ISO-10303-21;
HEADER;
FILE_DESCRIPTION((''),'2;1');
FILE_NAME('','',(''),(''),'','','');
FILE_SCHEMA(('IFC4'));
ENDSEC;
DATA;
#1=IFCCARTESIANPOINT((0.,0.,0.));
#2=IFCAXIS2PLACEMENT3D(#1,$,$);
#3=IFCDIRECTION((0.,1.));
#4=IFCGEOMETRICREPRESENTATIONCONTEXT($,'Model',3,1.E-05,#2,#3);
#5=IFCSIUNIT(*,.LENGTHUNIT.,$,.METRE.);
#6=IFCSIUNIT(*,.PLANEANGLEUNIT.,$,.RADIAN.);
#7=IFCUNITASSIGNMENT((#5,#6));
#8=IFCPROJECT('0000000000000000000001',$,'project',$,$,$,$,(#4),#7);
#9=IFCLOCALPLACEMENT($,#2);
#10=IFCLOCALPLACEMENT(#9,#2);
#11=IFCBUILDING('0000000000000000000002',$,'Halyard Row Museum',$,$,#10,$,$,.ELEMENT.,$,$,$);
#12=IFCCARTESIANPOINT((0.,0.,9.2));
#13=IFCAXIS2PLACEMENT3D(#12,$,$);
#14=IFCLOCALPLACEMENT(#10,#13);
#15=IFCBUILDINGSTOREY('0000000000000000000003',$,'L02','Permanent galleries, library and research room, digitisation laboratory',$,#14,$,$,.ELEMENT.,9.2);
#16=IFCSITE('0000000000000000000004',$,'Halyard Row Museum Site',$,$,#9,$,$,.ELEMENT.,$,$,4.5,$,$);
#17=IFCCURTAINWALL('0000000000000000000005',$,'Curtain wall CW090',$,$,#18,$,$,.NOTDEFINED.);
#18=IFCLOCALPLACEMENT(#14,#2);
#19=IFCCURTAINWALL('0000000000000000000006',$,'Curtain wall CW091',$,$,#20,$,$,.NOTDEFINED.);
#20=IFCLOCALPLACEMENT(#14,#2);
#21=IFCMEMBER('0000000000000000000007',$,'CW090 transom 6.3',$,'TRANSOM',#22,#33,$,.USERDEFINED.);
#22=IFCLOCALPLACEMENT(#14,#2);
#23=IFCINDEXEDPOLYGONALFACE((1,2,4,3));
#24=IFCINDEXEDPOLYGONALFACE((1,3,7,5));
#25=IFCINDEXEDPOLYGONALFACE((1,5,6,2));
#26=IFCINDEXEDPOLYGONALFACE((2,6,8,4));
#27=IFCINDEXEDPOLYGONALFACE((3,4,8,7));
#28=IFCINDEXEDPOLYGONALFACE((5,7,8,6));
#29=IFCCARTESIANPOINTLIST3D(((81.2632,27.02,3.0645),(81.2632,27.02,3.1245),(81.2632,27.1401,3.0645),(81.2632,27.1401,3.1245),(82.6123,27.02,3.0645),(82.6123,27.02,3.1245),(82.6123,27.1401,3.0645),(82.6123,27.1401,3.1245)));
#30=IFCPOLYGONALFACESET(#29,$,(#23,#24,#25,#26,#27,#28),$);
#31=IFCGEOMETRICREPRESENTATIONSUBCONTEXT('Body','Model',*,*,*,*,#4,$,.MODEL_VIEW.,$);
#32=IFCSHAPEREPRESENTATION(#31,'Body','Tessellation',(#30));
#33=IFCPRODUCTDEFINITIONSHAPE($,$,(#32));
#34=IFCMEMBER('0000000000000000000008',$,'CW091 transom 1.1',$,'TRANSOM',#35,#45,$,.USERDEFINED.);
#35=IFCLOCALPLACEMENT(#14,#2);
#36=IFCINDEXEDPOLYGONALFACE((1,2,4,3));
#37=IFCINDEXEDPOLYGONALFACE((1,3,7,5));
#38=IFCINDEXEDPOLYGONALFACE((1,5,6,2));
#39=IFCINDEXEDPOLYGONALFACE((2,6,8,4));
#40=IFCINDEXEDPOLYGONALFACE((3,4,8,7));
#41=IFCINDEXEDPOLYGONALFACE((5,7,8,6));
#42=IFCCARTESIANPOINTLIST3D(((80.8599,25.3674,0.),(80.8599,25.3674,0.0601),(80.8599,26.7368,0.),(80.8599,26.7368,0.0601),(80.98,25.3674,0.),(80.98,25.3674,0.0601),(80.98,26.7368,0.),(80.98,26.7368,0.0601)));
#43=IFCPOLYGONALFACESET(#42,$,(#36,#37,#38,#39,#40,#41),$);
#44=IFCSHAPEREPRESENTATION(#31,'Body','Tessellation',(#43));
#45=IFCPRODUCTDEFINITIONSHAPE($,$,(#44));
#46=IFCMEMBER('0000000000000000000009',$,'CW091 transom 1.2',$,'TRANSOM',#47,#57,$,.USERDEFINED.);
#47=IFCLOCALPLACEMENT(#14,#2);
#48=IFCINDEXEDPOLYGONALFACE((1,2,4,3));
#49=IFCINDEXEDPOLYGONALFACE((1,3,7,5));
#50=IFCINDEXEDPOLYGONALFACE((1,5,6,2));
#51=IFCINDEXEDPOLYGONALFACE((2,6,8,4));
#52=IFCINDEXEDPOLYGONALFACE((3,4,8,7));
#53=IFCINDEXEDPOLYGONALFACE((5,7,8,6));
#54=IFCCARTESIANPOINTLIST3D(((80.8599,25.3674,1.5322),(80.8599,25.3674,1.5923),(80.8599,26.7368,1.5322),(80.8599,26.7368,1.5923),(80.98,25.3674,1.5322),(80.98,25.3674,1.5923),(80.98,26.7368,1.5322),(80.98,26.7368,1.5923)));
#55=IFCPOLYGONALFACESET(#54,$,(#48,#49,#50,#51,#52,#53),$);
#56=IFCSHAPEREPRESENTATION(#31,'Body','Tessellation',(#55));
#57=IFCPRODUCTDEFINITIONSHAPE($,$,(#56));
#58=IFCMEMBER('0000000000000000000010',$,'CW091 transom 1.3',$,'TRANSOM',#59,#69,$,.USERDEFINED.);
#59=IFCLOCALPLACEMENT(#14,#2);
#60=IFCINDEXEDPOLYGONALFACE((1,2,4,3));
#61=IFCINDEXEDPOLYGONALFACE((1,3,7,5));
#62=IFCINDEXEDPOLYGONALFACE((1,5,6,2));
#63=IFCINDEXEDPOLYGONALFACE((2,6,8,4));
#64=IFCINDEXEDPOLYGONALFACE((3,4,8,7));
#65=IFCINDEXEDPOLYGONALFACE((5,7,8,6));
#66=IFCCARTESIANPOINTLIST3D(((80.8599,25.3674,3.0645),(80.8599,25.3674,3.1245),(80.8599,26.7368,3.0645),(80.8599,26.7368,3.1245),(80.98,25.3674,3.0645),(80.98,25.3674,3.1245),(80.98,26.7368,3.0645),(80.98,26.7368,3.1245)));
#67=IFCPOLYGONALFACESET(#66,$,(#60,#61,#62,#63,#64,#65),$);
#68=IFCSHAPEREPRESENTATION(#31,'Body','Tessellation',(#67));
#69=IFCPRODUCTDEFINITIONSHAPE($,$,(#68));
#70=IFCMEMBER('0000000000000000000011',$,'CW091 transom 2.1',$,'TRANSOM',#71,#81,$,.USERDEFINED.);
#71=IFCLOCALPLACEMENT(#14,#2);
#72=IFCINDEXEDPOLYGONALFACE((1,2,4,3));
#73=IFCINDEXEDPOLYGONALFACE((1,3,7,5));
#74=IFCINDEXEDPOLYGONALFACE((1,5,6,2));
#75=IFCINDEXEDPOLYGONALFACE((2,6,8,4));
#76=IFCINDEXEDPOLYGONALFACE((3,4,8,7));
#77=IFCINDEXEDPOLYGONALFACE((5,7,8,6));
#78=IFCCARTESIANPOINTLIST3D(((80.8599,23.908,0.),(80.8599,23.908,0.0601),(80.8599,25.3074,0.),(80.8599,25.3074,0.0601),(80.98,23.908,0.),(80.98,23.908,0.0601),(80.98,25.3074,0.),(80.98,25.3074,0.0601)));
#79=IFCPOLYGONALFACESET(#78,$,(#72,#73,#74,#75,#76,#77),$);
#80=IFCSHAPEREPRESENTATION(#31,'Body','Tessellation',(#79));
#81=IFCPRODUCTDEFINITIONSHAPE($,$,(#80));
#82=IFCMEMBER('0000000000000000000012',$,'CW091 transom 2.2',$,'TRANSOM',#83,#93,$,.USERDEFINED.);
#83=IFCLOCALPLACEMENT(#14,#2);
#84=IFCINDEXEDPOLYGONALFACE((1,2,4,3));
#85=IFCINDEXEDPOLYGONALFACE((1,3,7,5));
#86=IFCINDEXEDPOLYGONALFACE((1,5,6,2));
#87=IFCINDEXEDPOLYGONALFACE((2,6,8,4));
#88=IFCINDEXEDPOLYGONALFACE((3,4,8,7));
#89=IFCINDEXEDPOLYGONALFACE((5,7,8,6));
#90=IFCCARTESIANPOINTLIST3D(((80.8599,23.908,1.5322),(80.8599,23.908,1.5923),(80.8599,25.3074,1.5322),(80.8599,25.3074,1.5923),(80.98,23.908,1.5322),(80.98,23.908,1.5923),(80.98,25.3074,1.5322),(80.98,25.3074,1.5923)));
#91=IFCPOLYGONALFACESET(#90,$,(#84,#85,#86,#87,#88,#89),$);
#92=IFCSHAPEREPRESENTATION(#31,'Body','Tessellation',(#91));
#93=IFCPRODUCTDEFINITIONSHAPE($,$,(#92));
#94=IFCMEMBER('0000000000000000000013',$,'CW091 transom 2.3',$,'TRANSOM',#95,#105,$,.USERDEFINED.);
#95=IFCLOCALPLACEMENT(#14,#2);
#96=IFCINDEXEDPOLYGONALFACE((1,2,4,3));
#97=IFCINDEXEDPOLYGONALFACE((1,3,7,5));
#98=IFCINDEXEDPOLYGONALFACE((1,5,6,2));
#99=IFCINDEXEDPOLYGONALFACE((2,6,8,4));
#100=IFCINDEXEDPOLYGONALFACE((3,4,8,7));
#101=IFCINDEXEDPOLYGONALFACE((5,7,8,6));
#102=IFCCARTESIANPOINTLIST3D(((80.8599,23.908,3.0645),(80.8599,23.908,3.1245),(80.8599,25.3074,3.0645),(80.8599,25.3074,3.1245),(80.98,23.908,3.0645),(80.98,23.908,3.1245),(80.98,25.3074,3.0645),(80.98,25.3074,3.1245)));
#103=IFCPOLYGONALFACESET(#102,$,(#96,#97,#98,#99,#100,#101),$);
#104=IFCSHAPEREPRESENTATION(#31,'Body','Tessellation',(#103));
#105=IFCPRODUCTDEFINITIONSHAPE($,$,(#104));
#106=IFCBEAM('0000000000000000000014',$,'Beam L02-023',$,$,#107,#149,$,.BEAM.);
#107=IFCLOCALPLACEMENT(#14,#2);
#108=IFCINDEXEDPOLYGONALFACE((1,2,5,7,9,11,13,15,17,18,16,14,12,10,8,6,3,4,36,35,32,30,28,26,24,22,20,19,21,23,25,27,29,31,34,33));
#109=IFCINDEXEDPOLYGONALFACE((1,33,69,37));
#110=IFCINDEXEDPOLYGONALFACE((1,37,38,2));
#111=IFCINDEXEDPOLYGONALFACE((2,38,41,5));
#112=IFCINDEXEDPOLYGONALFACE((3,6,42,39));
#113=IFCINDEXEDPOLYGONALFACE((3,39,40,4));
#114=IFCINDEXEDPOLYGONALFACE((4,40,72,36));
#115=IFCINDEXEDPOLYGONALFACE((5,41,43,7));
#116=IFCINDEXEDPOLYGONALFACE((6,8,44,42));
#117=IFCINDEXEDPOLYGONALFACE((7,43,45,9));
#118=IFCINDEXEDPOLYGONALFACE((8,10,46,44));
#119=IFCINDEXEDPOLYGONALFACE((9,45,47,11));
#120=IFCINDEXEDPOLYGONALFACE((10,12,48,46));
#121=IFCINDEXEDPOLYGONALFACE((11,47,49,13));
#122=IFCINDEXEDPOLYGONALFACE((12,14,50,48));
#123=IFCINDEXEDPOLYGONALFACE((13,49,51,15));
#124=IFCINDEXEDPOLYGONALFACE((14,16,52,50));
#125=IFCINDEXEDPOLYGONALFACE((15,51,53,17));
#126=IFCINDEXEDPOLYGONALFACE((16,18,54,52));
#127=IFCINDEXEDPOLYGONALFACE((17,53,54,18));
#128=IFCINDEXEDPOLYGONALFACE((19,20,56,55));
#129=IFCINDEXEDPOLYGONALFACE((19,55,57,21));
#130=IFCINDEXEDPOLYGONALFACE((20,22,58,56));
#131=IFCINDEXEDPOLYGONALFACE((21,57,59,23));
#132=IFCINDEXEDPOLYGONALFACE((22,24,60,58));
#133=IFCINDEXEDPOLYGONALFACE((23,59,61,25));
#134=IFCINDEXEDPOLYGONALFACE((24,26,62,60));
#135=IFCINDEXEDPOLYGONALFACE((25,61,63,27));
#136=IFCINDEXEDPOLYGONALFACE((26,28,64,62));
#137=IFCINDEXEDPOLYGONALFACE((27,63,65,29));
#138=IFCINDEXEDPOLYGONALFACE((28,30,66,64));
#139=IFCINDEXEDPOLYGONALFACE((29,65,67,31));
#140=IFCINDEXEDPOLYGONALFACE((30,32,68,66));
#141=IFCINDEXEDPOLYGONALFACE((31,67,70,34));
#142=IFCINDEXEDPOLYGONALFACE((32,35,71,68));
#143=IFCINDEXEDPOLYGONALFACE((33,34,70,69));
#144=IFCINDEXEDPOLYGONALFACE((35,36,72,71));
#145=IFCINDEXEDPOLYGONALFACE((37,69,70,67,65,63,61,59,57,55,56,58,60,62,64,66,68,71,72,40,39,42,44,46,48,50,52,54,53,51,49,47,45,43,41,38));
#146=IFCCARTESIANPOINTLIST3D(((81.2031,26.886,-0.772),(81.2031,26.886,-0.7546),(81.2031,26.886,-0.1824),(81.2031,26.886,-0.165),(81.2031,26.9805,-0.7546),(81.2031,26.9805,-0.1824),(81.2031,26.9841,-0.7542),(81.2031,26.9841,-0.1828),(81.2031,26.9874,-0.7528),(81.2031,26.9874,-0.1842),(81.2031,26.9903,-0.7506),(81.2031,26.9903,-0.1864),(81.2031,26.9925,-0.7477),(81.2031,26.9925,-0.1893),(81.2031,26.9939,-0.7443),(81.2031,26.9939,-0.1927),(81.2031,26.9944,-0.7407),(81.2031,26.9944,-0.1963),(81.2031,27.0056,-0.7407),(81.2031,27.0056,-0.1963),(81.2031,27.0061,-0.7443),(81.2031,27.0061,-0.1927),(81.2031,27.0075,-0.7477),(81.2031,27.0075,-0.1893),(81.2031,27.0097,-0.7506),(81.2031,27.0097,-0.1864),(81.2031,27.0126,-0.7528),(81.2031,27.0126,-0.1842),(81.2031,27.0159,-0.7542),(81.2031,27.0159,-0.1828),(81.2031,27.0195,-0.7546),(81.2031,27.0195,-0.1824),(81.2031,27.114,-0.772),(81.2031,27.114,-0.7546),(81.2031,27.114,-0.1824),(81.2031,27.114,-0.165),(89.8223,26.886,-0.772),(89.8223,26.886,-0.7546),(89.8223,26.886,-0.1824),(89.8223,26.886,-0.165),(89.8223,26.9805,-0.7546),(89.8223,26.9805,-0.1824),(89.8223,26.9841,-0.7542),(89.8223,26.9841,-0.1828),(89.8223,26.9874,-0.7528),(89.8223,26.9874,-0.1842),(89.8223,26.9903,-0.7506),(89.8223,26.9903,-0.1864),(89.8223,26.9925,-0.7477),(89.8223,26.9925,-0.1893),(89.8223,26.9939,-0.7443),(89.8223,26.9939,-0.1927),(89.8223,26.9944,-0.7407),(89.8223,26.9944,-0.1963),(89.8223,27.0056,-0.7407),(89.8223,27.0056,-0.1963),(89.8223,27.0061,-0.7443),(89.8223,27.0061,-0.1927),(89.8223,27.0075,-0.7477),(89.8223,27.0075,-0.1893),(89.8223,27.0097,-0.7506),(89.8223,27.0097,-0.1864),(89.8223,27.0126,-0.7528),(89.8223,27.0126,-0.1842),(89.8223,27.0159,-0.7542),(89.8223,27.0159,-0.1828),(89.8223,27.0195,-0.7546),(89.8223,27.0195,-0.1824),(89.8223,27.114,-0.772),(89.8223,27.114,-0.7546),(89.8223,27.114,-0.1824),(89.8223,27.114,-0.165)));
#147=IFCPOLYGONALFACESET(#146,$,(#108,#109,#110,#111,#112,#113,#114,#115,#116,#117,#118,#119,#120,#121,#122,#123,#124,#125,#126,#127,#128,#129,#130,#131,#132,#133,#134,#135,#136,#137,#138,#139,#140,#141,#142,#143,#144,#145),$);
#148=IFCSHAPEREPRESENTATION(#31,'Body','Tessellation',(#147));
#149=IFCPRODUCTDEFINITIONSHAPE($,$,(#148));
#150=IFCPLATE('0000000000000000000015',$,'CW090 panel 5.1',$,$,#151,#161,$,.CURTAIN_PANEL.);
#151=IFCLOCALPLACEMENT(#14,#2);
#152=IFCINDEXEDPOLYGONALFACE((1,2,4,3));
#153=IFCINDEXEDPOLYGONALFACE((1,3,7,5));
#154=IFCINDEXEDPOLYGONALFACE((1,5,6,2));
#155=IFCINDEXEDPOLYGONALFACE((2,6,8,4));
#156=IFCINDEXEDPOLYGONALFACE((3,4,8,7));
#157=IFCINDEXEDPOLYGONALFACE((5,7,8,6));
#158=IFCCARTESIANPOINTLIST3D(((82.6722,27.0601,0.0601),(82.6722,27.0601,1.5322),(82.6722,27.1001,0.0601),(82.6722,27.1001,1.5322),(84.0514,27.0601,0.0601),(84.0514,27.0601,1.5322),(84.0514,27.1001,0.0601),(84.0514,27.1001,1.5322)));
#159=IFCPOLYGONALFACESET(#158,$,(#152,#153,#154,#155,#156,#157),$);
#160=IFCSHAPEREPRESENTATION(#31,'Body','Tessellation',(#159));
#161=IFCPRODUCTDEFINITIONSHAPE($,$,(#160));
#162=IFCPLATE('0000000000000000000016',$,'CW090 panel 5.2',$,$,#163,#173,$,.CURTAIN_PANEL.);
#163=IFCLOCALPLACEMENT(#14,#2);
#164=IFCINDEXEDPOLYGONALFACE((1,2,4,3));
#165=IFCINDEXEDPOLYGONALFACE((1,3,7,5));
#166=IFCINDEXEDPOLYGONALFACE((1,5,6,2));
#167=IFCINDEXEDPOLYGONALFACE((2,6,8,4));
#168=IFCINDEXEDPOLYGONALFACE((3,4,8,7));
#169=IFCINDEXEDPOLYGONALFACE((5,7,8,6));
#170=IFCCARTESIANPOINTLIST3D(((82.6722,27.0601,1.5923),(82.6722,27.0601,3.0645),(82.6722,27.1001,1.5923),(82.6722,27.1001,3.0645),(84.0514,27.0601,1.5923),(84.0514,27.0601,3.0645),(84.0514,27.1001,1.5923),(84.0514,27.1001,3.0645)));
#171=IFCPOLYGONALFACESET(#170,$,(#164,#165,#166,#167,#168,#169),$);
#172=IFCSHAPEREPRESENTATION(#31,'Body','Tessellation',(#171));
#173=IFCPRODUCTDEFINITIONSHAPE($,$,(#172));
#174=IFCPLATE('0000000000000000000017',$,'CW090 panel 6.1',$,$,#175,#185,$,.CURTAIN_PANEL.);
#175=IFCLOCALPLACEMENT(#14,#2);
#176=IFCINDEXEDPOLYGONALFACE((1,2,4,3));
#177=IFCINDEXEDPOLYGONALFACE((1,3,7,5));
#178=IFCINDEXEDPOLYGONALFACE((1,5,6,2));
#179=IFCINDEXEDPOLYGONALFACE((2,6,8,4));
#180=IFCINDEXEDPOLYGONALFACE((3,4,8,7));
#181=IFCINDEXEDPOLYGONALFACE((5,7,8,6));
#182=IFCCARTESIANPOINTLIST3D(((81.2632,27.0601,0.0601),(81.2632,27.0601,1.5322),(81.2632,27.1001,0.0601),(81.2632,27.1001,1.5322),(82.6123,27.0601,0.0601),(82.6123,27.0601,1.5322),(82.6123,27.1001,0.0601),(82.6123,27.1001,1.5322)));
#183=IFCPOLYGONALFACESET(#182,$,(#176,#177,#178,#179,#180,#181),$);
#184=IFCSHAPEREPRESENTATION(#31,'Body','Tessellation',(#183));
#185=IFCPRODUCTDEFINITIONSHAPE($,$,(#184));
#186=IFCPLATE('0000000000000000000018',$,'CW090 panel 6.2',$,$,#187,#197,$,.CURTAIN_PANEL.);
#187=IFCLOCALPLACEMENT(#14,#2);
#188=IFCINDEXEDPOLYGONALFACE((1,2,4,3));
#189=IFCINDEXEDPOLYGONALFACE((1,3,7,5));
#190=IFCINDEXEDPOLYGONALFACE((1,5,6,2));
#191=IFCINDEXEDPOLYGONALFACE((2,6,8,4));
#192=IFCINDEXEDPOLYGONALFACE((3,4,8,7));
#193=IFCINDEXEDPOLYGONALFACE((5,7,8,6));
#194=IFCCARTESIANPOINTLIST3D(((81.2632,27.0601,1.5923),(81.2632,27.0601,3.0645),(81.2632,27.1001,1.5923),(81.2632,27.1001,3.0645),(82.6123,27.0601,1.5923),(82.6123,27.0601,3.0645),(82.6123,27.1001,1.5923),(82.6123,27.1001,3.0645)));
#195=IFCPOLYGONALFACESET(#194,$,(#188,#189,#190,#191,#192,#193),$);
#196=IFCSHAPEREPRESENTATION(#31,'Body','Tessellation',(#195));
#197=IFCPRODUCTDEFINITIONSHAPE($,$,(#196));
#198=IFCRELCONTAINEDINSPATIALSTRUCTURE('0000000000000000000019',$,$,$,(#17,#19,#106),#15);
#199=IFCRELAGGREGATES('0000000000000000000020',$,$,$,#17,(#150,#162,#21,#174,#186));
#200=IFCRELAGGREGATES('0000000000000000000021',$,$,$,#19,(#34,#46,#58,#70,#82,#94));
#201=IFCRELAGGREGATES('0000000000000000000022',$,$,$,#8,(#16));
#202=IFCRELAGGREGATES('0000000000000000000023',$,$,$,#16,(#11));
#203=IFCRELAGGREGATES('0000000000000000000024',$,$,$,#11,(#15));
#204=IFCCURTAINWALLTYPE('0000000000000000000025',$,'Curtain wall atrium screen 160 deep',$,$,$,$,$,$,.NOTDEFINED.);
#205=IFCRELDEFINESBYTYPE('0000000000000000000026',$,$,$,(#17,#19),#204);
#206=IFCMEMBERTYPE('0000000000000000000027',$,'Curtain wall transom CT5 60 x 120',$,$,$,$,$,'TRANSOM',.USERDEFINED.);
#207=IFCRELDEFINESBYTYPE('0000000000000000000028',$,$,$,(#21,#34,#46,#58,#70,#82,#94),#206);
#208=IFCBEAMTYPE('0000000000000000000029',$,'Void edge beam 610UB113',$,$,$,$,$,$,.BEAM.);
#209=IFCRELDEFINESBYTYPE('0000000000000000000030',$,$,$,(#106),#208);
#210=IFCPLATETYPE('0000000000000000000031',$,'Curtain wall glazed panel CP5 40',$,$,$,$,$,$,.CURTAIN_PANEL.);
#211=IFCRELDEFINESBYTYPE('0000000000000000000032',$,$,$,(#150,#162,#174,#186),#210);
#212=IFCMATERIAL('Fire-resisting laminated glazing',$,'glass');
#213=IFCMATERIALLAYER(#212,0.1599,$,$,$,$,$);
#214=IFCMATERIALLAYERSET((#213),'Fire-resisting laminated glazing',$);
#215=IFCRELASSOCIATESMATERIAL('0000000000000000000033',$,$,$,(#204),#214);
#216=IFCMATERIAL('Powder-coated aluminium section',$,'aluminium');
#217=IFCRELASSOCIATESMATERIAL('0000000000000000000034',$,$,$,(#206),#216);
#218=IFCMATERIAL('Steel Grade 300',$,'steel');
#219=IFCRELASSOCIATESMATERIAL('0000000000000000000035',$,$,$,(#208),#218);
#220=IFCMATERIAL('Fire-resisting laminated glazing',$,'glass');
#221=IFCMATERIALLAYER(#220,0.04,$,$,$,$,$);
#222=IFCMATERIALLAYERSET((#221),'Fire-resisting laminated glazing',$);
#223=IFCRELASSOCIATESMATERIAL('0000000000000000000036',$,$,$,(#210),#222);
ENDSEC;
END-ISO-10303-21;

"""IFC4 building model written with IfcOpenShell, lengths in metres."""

from ifc_helpers import new_model, si_unit, direction, frame, origin, origin_2d, place, context, subcontext, project, spatial, rectangle, i_section, extrude, material, layer, layer_set, material_profile, profile_set, type_object, element, aggregate, save


model = new_model("IFC4")

# Units and contexts
model_context = context("Model", 3, precision=1e-05, world=origin(), true_north=direction((0.0, 1.0)))
body_context = subcontext(model_context, "Body", "Model", "MODEL_VIEW")
ifc_project = project(units=[si_unit("LENGTHUNIT", "METRE"), si_unit("PLANEANGLEUNIT", "RADIAN")], contexts=[model_context])

# Site, building, storey
site_placement = place(None, origin())
site = spatial("IfcSite", under=ifc_project, at=site_placement, Name="Halyard Row Museum Site", CompositionType="ELEMENT", RefElevation=4.5)
building_placement = place(site_placement, origin())
building = spatial("IfcBuilding", under=site, at=building_placement, Name="Halyard Row Museum", CompositionType="ELEMENT")
storey_placement = place(building_placement, frame((0.0, 0.0, 9.2)))
storey = spatial("IfcBuildingStorey", under=building, at=storey_placement, Name="L02", Description="Permanent galleries, library and research room, digitisation laboratory", CompositionType="ELEMENT", Elevation=9.2)

# Curtain walls
ifc_material_1 = material(Name="Fire-resisting laminated glazing", Category="glass")
ifc_layer_1 = layer(ifc_material_1, 0.1599)
ifc_layer_set_1 = layer_set([ifc_layer_1], Name="Fire-resisting laminated glazing")
curtain_wall_type = type_object("IfcCurtainWallType", Name="Curtain wall atrium screen 160 deep", PredefinedType="NOTDEFINED", material=ifc_layer_set_1)
curtain_wall_1_placement = place(storey_placement, origin())
curtain_wall_1 = element("IfcCurtainWall", 1, at=curtain_wall_1_placement, inside=storey, type_object=curtain_wall_type, Name="Curtain wall CW090", PredefinedType="NOTDEFINED")
curtain_wall_2_placement = place(storey_placement, origin())
curtain_wall_2 = element("IfcCurtainWall", 2, at=curtain_wall_2_placement, inside=storey, type_object=curtain_wall_type, Name="Curtain wall CW091", PredefinedType="NOTDEFINED")

# Members
ifc_material_2 = material(Name="Powder-coated aluminium section", Category="aluminium")
ifc_material_profile_1 = material_profile(ifc_material_2, rectangle(XDim=0.1201, YDim=0.0601, at=origin_2d()), Name="120x60 transom")
ifc_profile_set_1 = profile_set([ifc_material_profile_1], Name="Powder-coated aluminium section")
member_type_1 = type_object("IfcMemberType", Name="Curtain wall transom CT5 60 x 120", ElementType="TRANSOM", PredefinedType="USERDEFINED", material=ifc_profile_set_1)
member_1_placement = place(storey_placement, frame((82.6123, 27.0801, 3.0945), z_axis=(-1.0, 0.0, 0.0), x_axis=(0.0, -1.0, 0.0)))
member_1 = element("IfcMember", 3, at=member_1_placement, type_object=member_type_1, Name="CW090 transom 6.3", ObjectType="TRANSOM", PredefinedType="USERDEFINED", context=body_context, shape_type="SweptSolid", body=[
    extrude(rectangle(XDim=0.1201, YDim=0.0601, at=origin_2d()), origin(), (0.0, 0.0, 1.0), 1.3491),
])
member_2_placement = place(storey_placement, frame((80.9199, 26.7368, 0.03), z_axis=(0.0, -1.0, 0.0), x_axis=(1.0, 0.0, 0.0)))
member_2 = element("IfcMember", 4, at=member_2_placement, type_object=member_type_1, Name="CW091 transom 1.1", ObjectType="TRANSOM", PredefinedType="USERDEFINED", context=body_context, shape_type="SweptSolid", body=[
    extrude(rectangle(XDim=0.1201, YDim=0.0601, at=origin_2d()), origin(), (0.0, 0.0, 1.0), 1.3694),
])
member_3_placement = place(storey_placement, frame((80.9199, 26.7368, 1.5623), z_axis=(0.0, -1.0, 0.0), x_axis=(1.0, 0.0, 0.0)))
member_3 = element("IfcMember", 5, at=member_3_placement, type_object=member_type_1, Name="CW091 transom 1.2", ObjectType="TRANSOM", PredefinedType="USERDEFINED", context=body_context, shape_type="SweptSolid", body=[
    extrude(rectangle(XDim=0.1201, YDim=0.0601, at=origin_2d()), origin(), (0.0, 0.0, 1.0), 1.3694),
])
member_4_placement = place(storey_placement, frame((80.9199, 26.7368, 3.0945), z_axis=(0.0, -1.0, 0.0), x_axis=(1.0, 0.0, 0.0)))
member_4 = element("IfcMember", 6, at=member_4_placement, type_object=member_type_1, Name="CW091 transom 1.3", ObjectType="TRANSOM", PredefinedType="USERDEFINED", context=body_context, shape_type="SweptSolid", body=[
    extrude(rectangle(XDim=0.1201, YDim=0.0601, at=origin_2d()), origin(), (0.0, 0.0, 1.0), 1.3694),
])
member_5_placement = place(storey_placement, frame((80.9199, 25.3074, 0.03), z_axis=(0.0, -1.0, 0.0), x_axis=(1.0, 0.0, 0.0)))
member_5 = element("IfcMember", 7, at=member_5_placement, type_object=member_type_1, Name="CW091 transom 2.1", ObjectType="TRANSOM", PredefinedType="USERDEFINED", context=body_context, shape_type="SweptSolid", body=[
    extrude(rectangle(XDim=0.1201, YDim=0.0601, at=origin_2d()), origin(), (0.0, 0.0, 1.0), 1.3994),
])
member_6_placement = place(storey_placement, frame((80.9199, 25.3074, 1.5623), z_axis=(0.0, -1.0, 0.0), x_axis=(1.0, 0.0, 0.0)))
member_6 = element("IfcMember", 8, at=member_6_placement, type_object=member_type_1, Name="CW091 transom 2.2", ObjectType="TRANSOM", PredefinedType="USERDEFINED", context=body_context, shape_type="SweptSolid", body=[
    extrude(rectangle(XDim=0.1201, YDim=0.0601, at=origin_2d()), origin(), (0.0, 0.0, 1.0), 1.3994),
])
member_7_placement = place(storey_placement, frame((80.9199, 25.3074, 3.0945), z_axis=(0.0, -1.0, 0.0), x_axis=(1.0, 0.0, 0.0)))
member_7 = element("IfcMember", 9, at=member_7_placement, type_object=member_type_1, Name="CW091 transom 2.3", ObjectType="TRANSOM", PredefinedType="USERDEFINED", context=body_context, shape_type="SweptSolid", body=[
    extrude(rectangle(XDim=0.1201, YDim=0.0601, at=origin_2d()), origin(), (0.0, 0.0, 1.0), 1.3994),
])

# Beam
ifc_material_3 = material(Name="Steel Grade 300", Category="steel")
ifc_material_profile_2 = material_profile(ifc_material_3, i_section(OverallWidth=0.228, OverallDepth=0.6069, WebThickness=0.0112, FlangeThickness=0.0173, FilletRadius=0.0139, at=origin_2d()), Name="610UB113")
ifc_profile_set_2 = profile_set([ifc_material_profile_2], Name="Steel Grade 300")
beam_type = type_object("IfcBeamType", Name="Void edge beam 610UB113", PredefinedType="BEAM", material=ifc_profile_set_2)
beam_placement = place(storey_placement, frame((81.2031, 27.0, -0.4685), z_axis=(1.0, 0.0, 0.0), x_axis=(0.0, 1.0, 0.0)))
element("IfcBeam", 10, at=beam_placement, inside=storey, type_object=beam_type, Name="Beam L02-023", PredefinedType="BEAM", context=body_context, shape_type="SweptSolid", body=[
    extrude(i_section(OverallWidth=0.228, OverallDepth=0.6069, WebThickness=0.0112, FlangeThickness=0.0173, FilletRadius=0.0139, at=origin_2d()), origin(), (0.0, 0.0, 1.0), 8.6191),
])

# Plates
ifc_material_4 = material(Name="Fire-resisting laminated glazing", Category="glass")
ifc_layer_2 = layer(ifc_material_4, 0.04)
ifc_layer_set_2 = layer_set([ifc_layer_2], Name="Fire-resisting laminated glazing")
plate_type = type_object("IfcPlateType", Name="Curtain wall glazed panel CP5 40", PredefinedType="CURTAIN_PANEL", material=ifc_layer_set_2)
plate_1_placement = place(storey_placement, frame((83.3618, 27.0801, 0.0601), z_axis=(0.0, 0.0, 1.0), x_axis=(-1.0, 0.0, 0.0)))
plate_1 = element("IfcPlate", 11, at=plate_1_placement, type_object=plate_type, Name="CW090 panel 5.1", PredefinedType="CURTAIN_PANEL", context=body_context, shape_type="SweptSolid", body=[
    extrude(rectangle(XDim=1.3792, YDim=0.04, at=origin_2d()), origin(), (0.0, 0.0, 1.0), 1.4722),
])
plate_2_placement = place(storey_placement, frame((83.3618, 27.0801, 1.5923), z_axis=(0.0, 0.0, 1.0), x_axis=(-1.0, 0.0, 0.0)))
plate_2 = element("IfcPlate", 12, at=plate_2_placement, type_object=plate_type, Name="CW090 panel 5.2", PredefinedType="CURTAIN_PANEL", context=body_context, shape_type="SweptSolid", body=[
    extrude(rectangle(XDim=1.3792, YDim=0.04, at=origin_2d()), origin(), (0.0, 0.0, 1.0), 1.4722),
])
plate_3_placement = place(storey_placement, frame((81.9377, 27.0801, 0.0601), z_axis=(0.0, 0.0, 1.0), x_axis=(-1.0, 0.0, 0.0)))
plate_3 = element("IfcPlate", 13, at=plate_3_placement, type_object=plate_type, Name="CW090 panel 6.1", PredefinedType="CURTAIN_PANEL", context=body_context, shape_type="SweptSolid", body=[
    extrude(rectangle(XDim=1.3491, YDim=0.04, at=origin_2d()), origin(), (0.0, 0.0, 1.0), 1.4722),
])
plate_4_placement = place(storey_placement, frame((81.9377, 27.0801, 1.5923), z_axis=(0.0, 0.0, 1.0), x_axis=(-1.0, 0.0, 0.0)))
plate_4 = element("IfcPlate", 14, at=plate_4_placement, type_object=plate_type, Name="CW090 panel 6.2", PredefinedType="CURTAIN_PANEL", context=body_context, shape_type="SweptSolid", body=[
    extrude(rectangle(XDim=1.3491, YDim=0.04, at=origin_2d()), origin(), (0.0, 0.0, 1.0), 1.4722),
])
aggregate(curtain_wall_1, [plate_1, plate_2, member_1, plate_3, plate_4])
aggregate(curtain_wall_2, [member_2, member_3, member_4, member_5, member_6, member_7])

save(model, "model.ifc")
